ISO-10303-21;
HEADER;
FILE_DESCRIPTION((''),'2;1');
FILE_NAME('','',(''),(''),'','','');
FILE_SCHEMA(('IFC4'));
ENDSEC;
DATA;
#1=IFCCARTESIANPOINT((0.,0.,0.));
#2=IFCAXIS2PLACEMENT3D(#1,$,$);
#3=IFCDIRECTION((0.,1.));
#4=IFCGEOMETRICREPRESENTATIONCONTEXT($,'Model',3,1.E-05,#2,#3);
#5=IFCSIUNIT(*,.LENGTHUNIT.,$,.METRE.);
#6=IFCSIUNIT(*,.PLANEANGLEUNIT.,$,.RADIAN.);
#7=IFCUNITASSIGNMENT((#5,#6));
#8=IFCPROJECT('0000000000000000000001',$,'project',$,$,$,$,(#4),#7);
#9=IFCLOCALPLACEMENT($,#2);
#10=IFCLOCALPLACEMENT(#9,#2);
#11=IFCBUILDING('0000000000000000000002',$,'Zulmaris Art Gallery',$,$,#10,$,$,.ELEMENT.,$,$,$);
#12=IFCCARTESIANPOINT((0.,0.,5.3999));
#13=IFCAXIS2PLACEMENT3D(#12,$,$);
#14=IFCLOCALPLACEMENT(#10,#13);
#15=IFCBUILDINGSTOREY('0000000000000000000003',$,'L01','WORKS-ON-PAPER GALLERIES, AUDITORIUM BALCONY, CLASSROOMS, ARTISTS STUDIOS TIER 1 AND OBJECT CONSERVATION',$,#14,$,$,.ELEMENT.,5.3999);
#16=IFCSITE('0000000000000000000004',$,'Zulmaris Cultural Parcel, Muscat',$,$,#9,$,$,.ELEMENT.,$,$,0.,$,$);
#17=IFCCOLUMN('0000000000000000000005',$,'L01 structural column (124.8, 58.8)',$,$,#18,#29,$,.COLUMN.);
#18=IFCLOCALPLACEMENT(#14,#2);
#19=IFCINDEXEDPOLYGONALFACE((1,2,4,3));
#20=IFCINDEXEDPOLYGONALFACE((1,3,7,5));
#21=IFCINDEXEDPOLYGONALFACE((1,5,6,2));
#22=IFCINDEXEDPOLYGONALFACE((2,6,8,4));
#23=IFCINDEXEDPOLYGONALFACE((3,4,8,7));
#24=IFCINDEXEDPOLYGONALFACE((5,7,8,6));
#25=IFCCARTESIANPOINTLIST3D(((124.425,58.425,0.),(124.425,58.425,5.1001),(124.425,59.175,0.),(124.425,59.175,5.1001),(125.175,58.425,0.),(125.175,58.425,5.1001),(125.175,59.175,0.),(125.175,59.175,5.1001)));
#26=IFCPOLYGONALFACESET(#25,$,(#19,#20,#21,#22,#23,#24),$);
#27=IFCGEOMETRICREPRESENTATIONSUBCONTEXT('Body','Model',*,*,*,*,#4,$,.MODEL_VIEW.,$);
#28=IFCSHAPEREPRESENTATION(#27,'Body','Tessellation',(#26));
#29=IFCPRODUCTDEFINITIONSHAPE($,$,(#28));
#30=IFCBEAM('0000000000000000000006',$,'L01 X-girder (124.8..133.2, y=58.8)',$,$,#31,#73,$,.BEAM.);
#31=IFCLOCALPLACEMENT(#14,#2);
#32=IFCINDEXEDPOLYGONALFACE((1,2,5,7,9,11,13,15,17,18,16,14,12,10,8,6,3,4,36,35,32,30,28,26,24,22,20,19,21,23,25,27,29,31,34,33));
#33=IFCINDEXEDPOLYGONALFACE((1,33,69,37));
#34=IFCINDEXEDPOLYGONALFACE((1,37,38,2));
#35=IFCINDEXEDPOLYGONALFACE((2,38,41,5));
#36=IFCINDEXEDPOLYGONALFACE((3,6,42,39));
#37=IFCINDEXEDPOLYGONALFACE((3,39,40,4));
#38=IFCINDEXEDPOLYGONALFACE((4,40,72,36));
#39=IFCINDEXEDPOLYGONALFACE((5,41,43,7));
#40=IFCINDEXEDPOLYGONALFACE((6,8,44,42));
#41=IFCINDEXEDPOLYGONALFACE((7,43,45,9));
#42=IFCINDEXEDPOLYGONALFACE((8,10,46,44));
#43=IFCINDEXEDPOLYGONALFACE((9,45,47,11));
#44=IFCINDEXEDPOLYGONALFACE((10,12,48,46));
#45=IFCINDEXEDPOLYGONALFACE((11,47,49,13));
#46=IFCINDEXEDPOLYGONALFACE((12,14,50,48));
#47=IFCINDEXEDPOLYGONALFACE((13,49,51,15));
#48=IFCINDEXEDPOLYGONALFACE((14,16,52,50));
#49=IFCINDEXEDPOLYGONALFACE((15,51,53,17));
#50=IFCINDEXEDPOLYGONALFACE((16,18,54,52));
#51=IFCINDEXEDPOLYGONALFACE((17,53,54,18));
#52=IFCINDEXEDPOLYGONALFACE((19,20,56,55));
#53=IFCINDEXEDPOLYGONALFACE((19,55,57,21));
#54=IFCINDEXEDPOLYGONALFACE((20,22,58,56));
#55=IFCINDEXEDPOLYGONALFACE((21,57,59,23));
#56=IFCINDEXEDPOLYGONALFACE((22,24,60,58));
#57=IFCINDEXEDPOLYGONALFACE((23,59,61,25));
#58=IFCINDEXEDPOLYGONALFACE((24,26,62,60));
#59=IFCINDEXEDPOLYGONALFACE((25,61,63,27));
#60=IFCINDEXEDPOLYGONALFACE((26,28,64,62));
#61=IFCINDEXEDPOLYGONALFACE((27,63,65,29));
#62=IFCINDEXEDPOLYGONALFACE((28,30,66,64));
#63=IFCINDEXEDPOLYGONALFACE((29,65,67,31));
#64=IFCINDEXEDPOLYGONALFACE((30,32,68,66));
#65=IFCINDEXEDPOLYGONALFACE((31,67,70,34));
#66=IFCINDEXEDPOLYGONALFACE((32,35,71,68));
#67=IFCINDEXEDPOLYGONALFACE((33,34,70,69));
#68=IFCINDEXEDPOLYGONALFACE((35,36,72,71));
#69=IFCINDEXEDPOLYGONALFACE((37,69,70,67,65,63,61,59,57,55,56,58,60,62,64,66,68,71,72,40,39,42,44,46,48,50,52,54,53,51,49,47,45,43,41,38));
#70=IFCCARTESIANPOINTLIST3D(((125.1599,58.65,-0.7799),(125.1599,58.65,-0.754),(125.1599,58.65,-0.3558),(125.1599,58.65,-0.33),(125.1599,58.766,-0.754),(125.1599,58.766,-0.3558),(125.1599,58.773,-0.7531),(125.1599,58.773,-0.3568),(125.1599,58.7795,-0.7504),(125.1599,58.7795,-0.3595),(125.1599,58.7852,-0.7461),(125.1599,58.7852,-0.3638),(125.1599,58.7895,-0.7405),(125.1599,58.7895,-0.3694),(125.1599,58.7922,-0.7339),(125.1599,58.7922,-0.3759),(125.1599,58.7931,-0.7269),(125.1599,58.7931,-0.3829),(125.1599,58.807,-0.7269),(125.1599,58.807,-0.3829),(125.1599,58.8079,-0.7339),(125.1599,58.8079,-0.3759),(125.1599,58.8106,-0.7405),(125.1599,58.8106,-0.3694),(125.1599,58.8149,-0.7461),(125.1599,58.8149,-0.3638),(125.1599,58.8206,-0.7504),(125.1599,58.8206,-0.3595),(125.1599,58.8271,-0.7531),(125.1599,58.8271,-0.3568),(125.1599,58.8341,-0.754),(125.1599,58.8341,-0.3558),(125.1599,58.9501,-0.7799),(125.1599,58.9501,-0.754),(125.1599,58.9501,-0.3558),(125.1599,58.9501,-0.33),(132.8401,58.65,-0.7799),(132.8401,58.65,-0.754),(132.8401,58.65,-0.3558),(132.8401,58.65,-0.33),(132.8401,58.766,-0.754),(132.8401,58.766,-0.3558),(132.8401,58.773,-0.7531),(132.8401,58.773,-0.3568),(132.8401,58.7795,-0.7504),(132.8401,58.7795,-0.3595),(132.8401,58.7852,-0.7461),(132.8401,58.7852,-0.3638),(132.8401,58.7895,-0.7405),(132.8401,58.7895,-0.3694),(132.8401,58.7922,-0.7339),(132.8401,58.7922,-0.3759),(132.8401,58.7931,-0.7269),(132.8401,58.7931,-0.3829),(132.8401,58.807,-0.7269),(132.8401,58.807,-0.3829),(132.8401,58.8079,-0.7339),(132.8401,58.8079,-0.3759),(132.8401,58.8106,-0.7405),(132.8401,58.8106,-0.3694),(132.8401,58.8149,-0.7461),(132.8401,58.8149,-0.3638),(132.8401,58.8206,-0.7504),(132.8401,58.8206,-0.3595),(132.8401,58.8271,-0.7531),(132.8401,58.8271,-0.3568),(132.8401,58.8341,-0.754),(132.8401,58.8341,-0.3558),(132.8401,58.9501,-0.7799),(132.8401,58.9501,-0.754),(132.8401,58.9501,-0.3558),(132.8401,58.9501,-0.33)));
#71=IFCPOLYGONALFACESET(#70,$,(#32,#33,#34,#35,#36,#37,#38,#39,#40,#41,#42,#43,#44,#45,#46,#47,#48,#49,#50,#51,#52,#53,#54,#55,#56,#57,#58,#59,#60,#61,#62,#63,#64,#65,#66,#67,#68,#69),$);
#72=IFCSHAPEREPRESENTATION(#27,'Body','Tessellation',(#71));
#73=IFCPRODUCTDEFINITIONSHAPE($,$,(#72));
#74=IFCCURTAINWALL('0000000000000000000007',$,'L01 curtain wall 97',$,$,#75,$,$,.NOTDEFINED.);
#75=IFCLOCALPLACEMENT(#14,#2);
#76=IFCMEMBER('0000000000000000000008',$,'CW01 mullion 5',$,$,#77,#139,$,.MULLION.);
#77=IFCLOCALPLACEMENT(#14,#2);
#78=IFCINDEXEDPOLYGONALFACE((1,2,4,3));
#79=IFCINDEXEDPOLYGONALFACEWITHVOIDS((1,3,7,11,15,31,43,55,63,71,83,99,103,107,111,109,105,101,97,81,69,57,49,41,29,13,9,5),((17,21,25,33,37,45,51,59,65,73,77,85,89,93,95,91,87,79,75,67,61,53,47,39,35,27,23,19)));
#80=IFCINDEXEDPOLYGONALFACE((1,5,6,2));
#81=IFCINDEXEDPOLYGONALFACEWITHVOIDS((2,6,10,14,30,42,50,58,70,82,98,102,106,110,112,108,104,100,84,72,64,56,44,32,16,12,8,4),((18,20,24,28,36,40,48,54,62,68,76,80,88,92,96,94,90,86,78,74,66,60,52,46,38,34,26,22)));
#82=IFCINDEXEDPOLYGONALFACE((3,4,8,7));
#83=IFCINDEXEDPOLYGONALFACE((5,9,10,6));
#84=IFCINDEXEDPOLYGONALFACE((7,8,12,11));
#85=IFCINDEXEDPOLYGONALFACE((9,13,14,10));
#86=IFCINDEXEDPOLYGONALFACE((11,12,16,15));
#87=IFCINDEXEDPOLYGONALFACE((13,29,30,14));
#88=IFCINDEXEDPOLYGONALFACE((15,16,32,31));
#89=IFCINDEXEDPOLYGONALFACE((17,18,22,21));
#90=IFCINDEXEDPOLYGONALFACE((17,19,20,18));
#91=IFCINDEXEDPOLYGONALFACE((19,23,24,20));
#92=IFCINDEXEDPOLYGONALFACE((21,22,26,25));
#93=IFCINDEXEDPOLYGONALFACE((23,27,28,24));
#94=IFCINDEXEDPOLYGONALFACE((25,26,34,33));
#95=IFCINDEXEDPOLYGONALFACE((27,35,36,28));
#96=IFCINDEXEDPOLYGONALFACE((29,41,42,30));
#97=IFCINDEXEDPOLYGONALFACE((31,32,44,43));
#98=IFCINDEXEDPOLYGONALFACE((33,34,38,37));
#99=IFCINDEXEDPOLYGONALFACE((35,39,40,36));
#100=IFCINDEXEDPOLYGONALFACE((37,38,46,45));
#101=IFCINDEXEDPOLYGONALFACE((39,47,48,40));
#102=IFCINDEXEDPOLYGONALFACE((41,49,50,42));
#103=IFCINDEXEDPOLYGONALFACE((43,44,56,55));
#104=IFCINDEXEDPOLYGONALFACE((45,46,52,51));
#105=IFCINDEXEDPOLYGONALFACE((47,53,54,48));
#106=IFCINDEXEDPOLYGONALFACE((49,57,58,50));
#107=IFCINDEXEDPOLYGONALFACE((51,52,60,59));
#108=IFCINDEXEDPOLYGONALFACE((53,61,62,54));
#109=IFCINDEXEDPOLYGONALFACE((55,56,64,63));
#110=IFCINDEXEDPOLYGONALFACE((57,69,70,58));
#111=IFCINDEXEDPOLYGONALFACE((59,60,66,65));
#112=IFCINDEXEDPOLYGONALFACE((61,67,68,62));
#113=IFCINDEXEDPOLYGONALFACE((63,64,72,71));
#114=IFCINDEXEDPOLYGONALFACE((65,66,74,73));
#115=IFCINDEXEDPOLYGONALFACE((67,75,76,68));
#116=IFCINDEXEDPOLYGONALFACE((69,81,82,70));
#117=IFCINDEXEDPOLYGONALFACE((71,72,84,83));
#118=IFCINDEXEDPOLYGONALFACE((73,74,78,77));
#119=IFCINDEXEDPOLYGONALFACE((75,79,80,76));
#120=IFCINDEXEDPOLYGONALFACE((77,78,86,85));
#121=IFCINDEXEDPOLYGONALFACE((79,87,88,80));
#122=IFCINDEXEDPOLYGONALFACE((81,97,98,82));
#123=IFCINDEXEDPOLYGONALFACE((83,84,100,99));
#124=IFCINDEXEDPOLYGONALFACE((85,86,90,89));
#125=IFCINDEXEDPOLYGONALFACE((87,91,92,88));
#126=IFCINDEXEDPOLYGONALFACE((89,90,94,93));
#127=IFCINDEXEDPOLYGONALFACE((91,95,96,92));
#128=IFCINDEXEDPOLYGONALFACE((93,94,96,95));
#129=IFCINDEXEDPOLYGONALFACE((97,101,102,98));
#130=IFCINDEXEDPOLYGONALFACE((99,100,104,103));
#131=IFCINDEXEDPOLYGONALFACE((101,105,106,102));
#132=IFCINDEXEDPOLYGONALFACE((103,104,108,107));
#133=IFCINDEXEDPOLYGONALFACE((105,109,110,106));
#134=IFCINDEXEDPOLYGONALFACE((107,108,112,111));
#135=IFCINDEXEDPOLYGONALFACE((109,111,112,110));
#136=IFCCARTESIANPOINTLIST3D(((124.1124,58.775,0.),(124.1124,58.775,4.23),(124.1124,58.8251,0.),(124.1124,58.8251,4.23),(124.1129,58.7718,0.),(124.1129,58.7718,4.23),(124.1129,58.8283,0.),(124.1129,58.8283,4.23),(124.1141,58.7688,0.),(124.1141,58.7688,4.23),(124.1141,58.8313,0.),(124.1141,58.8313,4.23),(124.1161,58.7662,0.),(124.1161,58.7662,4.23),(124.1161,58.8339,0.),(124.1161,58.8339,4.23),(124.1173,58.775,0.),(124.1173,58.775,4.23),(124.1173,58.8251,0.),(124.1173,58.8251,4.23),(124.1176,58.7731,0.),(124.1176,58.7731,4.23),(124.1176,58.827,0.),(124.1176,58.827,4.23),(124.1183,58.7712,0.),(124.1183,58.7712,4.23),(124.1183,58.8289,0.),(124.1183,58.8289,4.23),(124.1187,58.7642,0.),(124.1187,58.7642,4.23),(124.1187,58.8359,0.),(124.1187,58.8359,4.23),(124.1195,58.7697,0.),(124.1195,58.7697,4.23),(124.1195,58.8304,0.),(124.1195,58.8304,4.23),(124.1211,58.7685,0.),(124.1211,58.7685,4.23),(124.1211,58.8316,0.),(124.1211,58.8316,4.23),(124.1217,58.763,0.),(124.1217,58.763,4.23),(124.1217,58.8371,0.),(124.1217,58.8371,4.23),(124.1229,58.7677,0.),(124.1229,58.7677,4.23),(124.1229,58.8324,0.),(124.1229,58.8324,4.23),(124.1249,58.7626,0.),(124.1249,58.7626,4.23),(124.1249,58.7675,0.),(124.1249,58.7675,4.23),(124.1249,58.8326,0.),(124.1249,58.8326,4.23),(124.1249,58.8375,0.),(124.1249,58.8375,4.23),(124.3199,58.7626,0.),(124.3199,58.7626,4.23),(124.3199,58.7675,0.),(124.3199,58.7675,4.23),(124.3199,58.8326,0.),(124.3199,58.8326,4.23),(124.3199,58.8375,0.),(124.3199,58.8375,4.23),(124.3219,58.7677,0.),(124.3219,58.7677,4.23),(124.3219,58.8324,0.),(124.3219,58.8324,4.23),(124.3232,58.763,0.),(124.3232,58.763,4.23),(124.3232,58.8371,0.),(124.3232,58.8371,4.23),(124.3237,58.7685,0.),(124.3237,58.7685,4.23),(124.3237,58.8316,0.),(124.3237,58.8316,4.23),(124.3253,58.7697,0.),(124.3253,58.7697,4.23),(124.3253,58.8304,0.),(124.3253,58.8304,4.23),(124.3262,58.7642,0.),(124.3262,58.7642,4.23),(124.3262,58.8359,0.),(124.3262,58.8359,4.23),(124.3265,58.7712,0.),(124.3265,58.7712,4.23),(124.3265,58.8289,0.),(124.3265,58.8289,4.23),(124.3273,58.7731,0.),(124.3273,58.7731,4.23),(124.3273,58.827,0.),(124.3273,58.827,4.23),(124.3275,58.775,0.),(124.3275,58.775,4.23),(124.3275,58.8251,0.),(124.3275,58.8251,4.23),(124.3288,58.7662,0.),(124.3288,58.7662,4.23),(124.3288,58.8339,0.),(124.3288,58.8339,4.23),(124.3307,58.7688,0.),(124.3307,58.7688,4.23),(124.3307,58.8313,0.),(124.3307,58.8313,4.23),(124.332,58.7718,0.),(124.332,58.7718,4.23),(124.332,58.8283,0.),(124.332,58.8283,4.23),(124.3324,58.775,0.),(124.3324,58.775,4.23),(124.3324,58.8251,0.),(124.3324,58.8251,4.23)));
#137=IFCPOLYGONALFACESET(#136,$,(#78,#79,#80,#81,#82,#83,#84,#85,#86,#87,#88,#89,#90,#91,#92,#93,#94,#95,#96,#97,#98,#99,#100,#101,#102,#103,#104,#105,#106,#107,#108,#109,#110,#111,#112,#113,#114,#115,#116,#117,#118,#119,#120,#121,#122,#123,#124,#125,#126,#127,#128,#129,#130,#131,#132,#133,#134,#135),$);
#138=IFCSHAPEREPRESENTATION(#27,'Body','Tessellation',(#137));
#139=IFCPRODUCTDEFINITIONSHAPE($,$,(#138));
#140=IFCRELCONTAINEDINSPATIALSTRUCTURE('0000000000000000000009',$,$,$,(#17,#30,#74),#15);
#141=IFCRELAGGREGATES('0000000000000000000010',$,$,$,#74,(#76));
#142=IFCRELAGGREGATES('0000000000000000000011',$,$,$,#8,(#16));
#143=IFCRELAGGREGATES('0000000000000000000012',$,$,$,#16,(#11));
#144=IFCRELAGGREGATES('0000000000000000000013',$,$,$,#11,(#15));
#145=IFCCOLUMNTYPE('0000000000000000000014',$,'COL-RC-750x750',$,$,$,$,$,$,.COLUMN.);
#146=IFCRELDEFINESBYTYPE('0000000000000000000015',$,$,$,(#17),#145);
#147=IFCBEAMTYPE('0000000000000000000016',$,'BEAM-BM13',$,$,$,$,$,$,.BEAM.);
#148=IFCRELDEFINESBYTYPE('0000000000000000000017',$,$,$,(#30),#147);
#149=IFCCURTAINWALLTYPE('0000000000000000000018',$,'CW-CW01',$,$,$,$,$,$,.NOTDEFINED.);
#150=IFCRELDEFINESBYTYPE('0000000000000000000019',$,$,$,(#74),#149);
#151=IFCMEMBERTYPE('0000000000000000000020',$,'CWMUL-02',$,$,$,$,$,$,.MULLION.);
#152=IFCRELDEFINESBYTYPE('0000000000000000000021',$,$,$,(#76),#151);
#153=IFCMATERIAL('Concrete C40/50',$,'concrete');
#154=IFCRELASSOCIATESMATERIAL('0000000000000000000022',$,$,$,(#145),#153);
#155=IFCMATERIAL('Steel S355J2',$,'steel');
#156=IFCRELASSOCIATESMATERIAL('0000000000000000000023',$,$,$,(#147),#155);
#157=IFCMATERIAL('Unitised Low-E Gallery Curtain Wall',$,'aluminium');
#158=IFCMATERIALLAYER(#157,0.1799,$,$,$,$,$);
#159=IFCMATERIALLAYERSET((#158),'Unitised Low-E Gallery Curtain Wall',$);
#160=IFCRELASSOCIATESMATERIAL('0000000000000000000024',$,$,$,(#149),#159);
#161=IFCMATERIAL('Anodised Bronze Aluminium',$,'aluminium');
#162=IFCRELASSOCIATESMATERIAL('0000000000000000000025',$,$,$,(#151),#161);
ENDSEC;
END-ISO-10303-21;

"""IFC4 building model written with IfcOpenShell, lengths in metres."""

from ifc_helpers import new_model, si_unit, direction, frame, origin, origin_2d, place, context, subcontext, project, spatial, rectangle, hollow_rectangle, i_section, extrude, material, layer, layer_set, material_profile, profile_set, type_object, element, aggregate, save


model = new_model("IFC4")

# Units and contexts
model_context = context("Model", 3, precision=1e-05, world=origin(), true_north=direction((0.0, 1.0)))
body_context = subcontext(model_context, "Body", "Model", "MODEL_VIEW")
ifc_project = project(units=[si_unit("LENGTHUNIT", "METRE"), si_unit("PLANEANGLEUNIT", "RADIAN")], contexts=[model_context])

# Site, building, storey
site_placement = place(None, origin())
site = spatial("IfcSite", under=ifc_project, at=site_placement, Name="Zulmaris Cultural Parcel, Muscat", CompositionType="ELEMENT", RefElevation=0.0)
building_placement = place(site_placement, origin())
building = spatial("IfcBuilding", under=site, at=building_placement, Name="Zulmaris Art Gallery", CompositionType="ELEMENT")
storey_placement = place(building_placement, frame((0.0, 0.0, 5.3999)))
storey = spatial("IfcBuildingStorey", under=building, at=storey_placement, Name="L01", Description="WORKS-ON-PAPER GALLERIES, AUDITORIUM BALCONY, CLASSROOMS, ARTISTS STUDIOS TIER 1 AND OBJECT CONSERVATION", CompositionType="ELEMENT", Elevation=5.3999)

# Column
ifc_material_1 = material(Name="Concrete C40/50", Category="concrete")
ifc_material_profile_1 = material_profile(ifc_material_1, rectangle(XDim=0.75, YDim=0.75, at=origin_2d()), Name="RC 750x750")
ifc_profile_set_1 = profile_set([ifc_material_profile_1], Name="Concrete C40/50")
column_type = type_object("IfcColumnType", Name="COL-RC-750x750", PredefinedType="COLUMN", material=ifc_profile_set_1)
column_placement = place(storey_placement, frame((124.8, 58.8, 0.0), z_axis=(0.0, 0.0, 1.0), x_axis=(1.0, 0.0, 0.0)))
element("IfcColumn", 1, at=column_placement, inside=storey, type_object=column_type, Name="L01 structural column (124.8, 58.8)", PredefinedType="COLUMN", context=body_context, shape_type="SweptSolid", body=[
    extrude(rectangle(XDim=0.75, YDim=0.75, at=origin_2d()), origin(), (0.0, 0.0, 1.0), 5.1001),
])

# Beam
ifc_material_2 = material(Name="Steel S355J2", Category="steel")
ifc_material_profile_2 = material_profile(ifc_material_2, i_section(OverallWidth=0.3, OverallDepth=0.45, WebThickness=0.0139, FlangeThickness=0.0259, FilletRadius=0.0271, at=origin_2d()), Name="HEB 450")
ifc_profile_set_2 = profile_set([ifc_material_profile_2], Name="Steel S355J2")
beam_type = type_object("IfcBeamType", Name="BEAM-BM13", PredefinedType="BEAM", material=ifc_profile_set_2)
beam_placement = place(storey_placement, frame((125.1599, 58.8, -0.5549), z_axis=(1.0, 0.0, 0.0), x_axis=(0.0, 1.0, 0.0)))
element("IfcBeam", 2, at=beam_placement, inside=storey, type_object=beam_type, Name="L01 X-girder (124.8..133.2, y=58.8)", PredefinedType="BEAM", context=body_context, shape_type="SweptSolid", body=[
    extrude(i_section(OverallWidth=0.3, OverallDepth=0.45, WebThickness=0.0139, FlangeThickness=0.0259, FilletRadius=0.0271, at=origin_2d()), origin(), (0.0, 0.0, 1.0), 7.6802),
])

# Curtain wall, member
ifc_material_3 = material(Name="Unitised Low-E Gallery Curtain Wall", Category="aluminium")
ifc_layer_1 = layer(ifc_material_3, 0.1799)
ifc_layer_set_1 = layer_set([ifc_layer_1], Name="Unitised Low-E Gallery Curtain Wall")
curtain_wall_type = type_object("IfcCurtainWallType", Name="CW-CW01", PredefinedType="NOTDEFINED", material=ifc_layer_set_1)
curtain_wall_1_placement = place(storey_placement, origin())
curtain_wall_1 = element("IfcCurtainWall", 3, at=curtain_wall_1_placement, inside=storey, type_object=curtain_wall_type, Name="L01 curtain wall 97", PredefinedType="NOTDEFINED")
ifc_material_4 = material(Name="Anodised Bronze Aluminium", Category="aluminium")
ifc_material_profile_3 = material_profile(ifc_material_4, hollow_rectangle(XDim=0.075, YDim=0.22, WallThickness=0.0049, InnerFilletRadius=0.0076, OuterFilletRadius=0.0125, at=origin_2d()), Name="ALU 75x220x5")
ifc_profile_set_3 = profile_set([ifc_material_profile_3], Name="Anodised Bronze Aluminium")
member_type_1 = type_object("IfcMemberType", Name="CWMUL-02", PredefinedType="MULLION", material=ifc_profile_set_3)
member_1_placement = place(storey_placement, frame((124.2224, 58.8, 0.0), z_axis=(0.0, 0.0, 1.0), x_axis=(0.0, 1.0, 0.0)))
member_1 = element("IfcMember", 4, at=member_1_placement, type_object=member_type_1, Name="CW01 mullion 5", PredefinedType="MULLION", context=body_context, shape_type="SweptSolid", body=[
    extrude(hollow_rectangle(XDim=0.075, YDim=0.22, WallThickness=0.0049, InnerFilletRadius=0.0076, OuterFilletRadius=0.0125, at=origin_2d()), origin(), (0.0, 0.0, 1.0), 4.23),
])

aggregate(curtain_wall_1, [member_1])

save(model, "model.ifc")
